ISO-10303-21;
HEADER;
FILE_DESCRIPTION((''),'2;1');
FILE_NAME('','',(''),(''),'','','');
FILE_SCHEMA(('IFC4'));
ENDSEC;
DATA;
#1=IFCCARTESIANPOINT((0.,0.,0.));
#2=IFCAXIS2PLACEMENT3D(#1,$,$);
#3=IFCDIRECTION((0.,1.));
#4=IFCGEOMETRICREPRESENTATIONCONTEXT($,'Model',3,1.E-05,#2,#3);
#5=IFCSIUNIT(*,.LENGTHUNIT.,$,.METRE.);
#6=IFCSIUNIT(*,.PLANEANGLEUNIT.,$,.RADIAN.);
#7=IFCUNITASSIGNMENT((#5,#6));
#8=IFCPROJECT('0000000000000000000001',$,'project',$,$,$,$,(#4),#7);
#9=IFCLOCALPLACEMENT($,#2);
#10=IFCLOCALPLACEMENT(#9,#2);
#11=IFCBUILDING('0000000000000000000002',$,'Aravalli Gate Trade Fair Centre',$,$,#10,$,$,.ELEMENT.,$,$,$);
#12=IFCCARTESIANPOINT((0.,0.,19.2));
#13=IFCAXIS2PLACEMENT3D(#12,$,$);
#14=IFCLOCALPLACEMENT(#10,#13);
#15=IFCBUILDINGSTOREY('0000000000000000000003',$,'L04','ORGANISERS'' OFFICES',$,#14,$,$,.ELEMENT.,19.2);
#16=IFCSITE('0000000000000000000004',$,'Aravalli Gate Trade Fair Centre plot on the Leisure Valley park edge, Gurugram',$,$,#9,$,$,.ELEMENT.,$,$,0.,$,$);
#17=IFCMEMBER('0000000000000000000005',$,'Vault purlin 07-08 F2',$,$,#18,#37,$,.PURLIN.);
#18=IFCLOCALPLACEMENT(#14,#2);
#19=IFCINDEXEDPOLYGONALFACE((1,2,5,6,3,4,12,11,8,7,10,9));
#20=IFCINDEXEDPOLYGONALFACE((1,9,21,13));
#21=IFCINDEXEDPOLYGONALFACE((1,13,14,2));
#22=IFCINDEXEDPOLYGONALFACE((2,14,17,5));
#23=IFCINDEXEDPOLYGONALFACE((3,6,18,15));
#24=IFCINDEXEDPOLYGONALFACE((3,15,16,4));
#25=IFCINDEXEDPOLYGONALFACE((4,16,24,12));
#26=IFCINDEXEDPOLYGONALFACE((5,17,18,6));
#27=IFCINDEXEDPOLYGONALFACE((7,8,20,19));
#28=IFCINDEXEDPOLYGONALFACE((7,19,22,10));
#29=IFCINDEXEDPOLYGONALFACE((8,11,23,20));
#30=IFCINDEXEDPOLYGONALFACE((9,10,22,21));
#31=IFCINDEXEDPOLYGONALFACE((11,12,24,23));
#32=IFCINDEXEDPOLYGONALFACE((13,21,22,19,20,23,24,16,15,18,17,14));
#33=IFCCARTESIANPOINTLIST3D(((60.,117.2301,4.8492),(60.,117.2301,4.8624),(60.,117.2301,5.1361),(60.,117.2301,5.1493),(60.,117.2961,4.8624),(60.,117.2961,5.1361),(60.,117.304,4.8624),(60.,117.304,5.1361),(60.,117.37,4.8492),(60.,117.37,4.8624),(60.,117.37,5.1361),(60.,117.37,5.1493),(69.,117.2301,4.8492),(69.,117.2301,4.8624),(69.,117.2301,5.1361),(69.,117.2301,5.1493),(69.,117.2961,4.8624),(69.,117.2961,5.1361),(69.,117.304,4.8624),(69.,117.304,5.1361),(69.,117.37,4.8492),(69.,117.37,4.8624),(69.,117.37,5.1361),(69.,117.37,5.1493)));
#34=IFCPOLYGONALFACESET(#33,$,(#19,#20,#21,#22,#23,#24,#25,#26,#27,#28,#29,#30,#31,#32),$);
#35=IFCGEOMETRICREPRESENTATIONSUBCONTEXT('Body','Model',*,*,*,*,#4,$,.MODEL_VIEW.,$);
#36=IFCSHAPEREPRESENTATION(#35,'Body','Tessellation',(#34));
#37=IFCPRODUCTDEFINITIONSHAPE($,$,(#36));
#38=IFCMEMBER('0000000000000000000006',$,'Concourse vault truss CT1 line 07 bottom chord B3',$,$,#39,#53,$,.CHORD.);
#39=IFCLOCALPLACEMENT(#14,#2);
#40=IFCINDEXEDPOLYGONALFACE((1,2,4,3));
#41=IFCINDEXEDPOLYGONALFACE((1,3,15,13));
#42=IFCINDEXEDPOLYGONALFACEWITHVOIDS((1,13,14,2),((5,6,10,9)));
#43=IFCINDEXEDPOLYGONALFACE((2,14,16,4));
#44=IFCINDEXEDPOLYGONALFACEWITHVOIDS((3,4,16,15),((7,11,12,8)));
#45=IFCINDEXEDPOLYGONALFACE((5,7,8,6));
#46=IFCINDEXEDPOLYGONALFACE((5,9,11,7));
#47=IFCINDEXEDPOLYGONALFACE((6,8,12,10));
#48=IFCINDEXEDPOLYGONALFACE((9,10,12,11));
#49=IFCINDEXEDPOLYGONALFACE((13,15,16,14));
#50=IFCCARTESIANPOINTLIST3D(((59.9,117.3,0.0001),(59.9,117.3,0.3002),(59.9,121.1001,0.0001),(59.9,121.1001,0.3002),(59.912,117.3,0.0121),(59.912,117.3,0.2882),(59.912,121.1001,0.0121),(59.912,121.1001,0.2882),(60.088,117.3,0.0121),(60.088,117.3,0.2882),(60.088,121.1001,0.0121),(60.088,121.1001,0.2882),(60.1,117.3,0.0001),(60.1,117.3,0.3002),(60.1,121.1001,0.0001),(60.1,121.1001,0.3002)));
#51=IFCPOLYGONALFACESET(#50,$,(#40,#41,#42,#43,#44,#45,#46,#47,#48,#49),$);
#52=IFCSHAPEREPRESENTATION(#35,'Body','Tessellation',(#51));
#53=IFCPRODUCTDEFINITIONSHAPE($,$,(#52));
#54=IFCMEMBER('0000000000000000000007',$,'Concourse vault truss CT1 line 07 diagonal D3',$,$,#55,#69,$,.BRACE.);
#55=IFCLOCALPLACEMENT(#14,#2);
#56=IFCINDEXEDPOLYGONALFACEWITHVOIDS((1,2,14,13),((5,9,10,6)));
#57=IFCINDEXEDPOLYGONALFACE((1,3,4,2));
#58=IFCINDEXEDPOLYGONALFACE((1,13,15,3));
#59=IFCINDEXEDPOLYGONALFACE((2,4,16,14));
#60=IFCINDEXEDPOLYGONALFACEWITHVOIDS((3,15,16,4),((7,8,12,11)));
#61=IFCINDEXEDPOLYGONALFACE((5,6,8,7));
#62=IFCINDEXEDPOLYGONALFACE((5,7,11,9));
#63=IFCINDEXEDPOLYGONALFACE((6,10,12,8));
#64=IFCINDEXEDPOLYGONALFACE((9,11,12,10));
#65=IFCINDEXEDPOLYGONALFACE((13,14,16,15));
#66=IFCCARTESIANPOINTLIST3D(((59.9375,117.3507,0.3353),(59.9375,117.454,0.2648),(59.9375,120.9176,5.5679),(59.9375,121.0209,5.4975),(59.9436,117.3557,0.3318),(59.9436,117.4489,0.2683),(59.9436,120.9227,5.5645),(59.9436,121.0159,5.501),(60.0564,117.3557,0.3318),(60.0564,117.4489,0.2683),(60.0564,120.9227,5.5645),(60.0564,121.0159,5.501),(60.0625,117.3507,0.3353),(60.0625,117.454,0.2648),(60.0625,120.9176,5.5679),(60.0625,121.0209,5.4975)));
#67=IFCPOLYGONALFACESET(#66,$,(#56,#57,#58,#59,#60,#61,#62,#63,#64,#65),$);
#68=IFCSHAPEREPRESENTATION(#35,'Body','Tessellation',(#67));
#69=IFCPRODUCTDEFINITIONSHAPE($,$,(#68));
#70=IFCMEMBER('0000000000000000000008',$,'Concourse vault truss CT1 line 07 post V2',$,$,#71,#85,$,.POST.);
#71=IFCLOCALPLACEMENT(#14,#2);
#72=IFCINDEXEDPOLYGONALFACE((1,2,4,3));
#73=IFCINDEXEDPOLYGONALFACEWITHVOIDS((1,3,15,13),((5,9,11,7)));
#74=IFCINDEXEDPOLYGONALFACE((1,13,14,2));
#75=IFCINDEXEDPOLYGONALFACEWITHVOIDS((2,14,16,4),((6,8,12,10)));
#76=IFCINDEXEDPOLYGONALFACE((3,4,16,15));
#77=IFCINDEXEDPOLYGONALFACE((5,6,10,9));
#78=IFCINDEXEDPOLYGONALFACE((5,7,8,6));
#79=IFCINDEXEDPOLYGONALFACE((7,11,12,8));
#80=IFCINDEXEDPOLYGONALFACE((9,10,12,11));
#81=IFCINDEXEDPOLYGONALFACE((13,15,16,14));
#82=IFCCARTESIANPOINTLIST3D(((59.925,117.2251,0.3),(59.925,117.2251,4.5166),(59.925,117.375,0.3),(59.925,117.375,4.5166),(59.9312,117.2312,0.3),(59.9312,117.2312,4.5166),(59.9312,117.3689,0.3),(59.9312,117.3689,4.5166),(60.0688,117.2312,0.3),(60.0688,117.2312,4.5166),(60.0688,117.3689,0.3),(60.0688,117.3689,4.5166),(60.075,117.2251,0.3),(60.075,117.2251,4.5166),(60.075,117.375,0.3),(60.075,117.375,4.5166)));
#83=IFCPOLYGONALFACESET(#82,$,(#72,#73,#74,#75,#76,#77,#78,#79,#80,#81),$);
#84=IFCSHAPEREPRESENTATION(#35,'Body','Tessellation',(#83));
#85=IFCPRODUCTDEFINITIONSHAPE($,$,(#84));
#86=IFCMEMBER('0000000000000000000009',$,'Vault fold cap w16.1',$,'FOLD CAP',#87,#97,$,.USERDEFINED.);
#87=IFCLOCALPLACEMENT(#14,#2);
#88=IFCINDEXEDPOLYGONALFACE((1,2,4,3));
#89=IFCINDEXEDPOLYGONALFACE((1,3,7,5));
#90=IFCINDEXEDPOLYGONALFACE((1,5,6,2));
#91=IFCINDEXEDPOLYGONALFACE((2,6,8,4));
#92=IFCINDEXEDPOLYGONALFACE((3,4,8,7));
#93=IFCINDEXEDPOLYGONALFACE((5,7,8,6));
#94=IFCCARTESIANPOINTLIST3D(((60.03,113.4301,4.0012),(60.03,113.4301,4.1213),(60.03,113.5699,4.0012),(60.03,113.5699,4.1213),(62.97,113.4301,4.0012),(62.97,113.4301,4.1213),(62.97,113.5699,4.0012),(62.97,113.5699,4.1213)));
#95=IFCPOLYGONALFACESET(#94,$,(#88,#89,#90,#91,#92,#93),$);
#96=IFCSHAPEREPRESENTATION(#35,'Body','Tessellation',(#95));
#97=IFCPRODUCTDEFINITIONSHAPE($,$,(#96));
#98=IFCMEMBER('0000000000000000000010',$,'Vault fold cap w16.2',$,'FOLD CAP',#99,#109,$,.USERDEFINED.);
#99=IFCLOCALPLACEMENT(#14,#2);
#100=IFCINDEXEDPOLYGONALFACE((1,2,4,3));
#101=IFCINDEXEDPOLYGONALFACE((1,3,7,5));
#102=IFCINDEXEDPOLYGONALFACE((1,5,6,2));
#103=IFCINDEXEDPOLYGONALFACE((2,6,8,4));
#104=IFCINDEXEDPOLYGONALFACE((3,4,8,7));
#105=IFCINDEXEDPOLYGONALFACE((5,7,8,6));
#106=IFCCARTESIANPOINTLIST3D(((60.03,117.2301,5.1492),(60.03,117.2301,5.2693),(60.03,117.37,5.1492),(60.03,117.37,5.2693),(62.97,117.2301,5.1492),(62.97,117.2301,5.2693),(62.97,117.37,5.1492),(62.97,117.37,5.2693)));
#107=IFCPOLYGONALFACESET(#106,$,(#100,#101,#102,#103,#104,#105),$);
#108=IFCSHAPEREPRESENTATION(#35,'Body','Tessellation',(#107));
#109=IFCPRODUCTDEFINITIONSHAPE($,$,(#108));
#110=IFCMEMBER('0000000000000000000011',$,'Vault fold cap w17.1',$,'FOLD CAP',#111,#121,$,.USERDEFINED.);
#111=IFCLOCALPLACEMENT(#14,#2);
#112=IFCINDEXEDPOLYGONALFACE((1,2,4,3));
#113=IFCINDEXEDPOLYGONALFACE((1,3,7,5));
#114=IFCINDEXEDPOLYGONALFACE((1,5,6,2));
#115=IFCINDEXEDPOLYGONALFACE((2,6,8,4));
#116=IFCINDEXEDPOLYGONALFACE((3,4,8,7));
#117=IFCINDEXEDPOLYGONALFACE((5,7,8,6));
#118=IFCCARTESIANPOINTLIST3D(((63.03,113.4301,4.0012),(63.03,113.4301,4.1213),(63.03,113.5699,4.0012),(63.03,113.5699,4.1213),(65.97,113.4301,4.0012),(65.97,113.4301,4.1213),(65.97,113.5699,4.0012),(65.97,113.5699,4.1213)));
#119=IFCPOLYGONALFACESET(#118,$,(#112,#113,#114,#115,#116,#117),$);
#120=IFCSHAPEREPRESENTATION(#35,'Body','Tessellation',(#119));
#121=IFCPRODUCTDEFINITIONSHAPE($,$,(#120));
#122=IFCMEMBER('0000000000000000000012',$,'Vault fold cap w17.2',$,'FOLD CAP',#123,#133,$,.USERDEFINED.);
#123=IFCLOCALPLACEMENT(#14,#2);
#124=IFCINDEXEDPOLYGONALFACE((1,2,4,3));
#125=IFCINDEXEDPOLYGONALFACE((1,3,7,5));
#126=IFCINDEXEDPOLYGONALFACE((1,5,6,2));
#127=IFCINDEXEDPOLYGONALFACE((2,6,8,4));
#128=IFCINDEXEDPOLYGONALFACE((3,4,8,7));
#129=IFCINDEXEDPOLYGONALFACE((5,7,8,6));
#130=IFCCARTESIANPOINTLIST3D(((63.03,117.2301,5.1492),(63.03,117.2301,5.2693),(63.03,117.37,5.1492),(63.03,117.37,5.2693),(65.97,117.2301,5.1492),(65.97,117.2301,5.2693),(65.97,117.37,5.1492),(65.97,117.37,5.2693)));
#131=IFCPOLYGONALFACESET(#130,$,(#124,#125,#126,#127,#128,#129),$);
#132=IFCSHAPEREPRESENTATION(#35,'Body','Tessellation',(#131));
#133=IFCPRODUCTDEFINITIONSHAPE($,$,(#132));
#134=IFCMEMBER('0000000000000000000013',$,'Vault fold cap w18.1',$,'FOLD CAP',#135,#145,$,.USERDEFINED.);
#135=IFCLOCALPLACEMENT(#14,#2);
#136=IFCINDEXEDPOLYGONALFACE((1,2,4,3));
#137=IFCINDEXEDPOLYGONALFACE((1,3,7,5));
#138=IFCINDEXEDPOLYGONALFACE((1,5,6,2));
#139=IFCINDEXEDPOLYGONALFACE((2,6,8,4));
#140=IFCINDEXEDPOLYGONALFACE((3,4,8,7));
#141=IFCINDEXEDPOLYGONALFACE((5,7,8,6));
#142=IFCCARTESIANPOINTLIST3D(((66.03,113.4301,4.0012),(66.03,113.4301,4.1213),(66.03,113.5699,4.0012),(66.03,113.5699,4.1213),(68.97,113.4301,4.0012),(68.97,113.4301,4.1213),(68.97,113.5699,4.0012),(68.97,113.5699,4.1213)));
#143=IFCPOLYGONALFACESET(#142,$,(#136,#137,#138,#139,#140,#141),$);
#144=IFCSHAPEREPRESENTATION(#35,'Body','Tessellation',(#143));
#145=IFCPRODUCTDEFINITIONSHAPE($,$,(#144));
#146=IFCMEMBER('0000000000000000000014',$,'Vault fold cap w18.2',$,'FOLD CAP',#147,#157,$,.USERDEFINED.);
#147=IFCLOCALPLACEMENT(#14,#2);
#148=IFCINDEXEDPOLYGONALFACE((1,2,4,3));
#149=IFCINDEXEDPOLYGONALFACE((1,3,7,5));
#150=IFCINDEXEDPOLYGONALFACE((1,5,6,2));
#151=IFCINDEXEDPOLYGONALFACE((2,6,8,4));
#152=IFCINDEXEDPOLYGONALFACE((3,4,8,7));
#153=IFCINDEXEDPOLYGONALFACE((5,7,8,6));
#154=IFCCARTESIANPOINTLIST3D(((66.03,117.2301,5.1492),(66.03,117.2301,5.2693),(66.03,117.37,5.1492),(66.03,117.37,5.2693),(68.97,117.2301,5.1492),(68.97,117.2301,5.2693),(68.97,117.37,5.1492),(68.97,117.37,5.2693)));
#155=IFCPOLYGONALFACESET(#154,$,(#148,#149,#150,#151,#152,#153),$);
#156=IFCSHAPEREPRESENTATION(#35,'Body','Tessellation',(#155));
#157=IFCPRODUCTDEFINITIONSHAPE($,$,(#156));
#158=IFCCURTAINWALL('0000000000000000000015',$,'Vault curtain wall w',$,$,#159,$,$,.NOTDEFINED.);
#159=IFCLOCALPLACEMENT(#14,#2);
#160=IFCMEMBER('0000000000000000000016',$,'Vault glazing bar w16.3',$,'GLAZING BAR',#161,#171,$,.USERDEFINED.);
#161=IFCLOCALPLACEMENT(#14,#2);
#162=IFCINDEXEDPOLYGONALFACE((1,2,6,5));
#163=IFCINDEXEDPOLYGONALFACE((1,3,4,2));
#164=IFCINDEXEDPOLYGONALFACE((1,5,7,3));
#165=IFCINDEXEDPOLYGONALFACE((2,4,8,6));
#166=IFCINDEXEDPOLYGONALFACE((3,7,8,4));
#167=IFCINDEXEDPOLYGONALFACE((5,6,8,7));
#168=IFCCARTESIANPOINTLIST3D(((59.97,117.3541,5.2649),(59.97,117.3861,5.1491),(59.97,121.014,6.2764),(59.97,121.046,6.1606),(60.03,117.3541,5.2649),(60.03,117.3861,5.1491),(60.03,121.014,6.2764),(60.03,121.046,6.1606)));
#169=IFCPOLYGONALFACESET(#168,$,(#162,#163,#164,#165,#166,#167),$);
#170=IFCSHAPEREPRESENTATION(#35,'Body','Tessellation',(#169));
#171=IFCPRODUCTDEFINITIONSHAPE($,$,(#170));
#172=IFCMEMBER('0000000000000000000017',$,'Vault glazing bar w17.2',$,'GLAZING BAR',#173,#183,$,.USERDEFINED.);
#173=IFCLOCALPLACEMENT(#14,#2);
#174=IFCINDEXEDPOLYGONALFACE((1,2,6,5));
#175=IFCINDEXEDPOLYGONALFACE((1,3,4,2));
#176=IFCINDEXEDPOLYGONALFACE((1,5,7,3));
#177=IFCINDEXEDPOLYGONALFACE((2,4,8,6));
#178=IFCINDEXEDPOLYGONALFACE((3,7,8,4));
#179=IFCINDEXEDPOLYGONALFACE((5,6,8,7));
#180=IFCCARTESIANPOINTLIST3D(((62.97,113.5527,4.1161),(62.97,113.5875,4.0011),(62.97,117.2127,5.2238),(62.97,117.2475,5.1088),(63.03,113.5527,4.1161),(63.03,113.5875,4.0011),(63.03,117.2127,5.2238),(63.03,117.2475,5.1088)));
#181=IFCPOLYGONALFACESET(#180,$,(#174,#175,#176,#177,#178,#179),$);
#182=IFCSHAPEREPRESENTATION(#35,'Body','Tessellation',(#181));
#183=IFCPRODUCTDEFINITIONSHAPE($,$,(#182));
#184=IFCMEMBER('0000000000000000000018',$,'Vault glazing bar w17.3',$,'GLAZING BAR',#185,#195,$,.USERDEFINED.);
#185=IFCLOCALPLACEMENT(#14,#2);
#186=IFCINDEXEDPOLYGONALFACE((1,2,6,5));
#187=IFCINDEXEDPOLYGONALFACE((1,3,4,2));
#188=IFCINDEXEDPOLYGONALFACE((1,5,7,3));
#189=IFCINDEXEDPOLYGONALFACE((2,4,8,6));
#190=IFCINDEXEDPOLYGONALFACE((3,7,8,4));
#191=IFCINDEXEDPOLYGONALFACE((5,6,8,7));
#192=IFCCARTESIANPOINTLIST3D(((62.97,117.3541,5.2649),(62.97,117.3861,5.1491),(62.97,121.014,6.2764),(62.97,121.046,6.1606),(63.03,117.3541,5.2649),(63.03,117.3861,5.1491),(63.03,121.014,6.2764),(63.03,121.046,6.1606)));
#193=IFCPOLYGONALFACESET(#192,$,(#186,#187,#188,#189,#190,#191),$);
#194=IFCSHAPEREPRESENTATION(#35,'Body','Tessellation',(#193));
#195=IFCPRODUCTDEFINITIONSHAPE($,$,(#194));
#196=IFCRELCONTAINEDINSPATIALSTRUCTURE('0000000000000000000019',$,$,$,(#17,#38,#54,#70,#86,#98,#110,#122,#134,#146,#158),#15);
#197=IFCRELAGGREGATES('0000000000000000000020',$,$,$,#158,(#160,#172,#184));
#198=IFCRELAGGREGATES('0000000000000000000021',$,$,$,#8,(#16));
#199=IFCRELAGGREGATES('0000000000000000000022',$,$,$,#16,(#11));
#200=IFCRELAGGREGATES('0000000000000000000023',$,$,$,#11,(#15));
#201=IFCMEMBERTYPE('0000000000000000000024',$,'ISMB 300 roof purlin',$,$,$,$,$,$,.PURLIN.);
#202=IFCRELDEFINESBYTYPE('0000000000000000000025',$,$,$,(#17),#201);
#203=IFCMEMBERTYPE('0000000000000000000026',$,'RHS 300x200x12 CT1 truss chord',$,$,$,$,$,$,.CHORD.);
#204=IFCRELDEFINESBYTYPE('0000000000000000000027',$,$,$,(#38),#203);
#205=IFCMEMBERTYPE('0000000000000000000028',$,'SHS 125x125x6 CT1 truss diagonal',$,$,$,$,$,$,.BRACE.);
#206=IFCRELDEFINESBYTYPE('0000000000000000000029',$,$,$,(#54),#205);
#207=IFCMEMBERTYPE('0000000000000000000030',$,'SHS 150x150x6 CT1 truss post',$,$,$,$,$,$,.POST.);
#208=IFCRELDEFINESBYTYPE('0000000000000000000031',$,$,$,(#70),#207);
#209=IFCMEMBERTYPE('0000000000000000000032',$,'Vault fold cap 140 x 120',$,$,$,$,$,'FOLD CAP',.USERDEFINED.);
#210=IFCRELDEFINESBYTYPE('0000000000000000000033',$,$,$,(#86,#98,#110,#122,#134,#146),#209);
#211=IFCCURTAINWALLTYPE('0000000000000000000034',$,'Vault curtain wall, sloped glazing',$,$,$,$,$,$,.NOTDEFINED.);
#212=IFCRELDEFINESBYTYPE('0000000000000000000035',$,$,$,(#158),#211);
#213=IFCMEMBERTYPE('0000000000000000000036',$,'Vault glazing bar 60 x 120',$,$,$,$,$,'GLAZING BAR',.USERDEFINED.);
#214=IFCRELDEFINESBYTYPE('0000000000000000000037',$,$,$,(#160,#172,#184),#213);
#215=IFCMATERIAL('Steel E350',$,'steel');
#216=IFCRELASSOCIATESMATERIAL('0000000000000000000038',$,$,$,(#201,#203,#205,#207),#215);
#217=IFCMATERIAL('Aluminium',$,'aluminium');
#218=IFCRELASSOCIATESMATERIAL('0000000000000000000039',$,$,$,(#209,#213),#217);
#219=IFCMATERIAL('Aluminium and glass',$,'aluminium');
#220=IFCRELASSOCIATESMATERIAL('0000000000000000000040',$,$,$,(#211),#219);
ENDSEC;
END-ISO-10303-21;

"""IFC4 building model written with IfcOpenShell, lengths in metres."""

from ifc_helpers import new_model, si_unit, direction, frame, origin, origin_2d, place, context, subcontext, project, spatial, rectangle, hollow_rectangle, i_section, extrude, material, material_profile, profile_set, type_object, element, aggregate, save


model = new_model("IFC4")

# Units and contexts
model_context = context("Model", 3, precision=1e-05, world=origin(), true_north=direction((0.0, 1.0)))
body_context = subcontext(model_context, "Body", "Model", "MODEL_VIEW")
ifc_project = project(units=[si_unit("LENGTHUNIT", "METRE"), si_unit("PLANEANGLEUNIT", "RADIAN")], contexts=[model_context])

# Site, building, storey
site_placement = place(None, origin())
site = spatial("IfcSite", under=ifc_project, at=site_placement, Name="Aravalli Gate Trade Fair Centre plot on the Leisure Valley park edge, Gurugram", CompositionType="ELEMENT", RefElevation=0.0)
building_placement = place(site_placement, origin())
building = spatial("IfcBuilding", under=site, at=building_placement, Name="Aravalli Gate Trade Fair Centre", CompositionType="ELEMENT")
storey_placement = place(building_placement, frame((0.0, 0.0, 19.2)))
storey = spatial("IfcBuildingStorey", under=building, at=storey_placement, Name="L04", Description="ORGANISERS' OFFICES", CompositionType="ELEMENT", Elevation=19.2)

# Members
ifc_material_1 = material(Name="Steel E350", Category="steel")
ifc_material_profile_1 = material_profile(ifc_material_1, i_section(OverallWidth=0.1399, OverallDepth=0.3, WebThickness=0.0078, FlangeThickness=0.0132, at=origin_2d()), Name="ISMB 300")
ifc_profile_set_1 = profile_set([ifc_material_profile_1], Name="Steel E350")
member_type_1 = type_object("IfcMemberType", Name="ISMB 300 roof purlin", PredefinedType="PURLIN", material=ifc_profile_set_1)
member_1_placement = place(storey_placement, frame((60.0, 117.3, 4.9993), z_axis=(1.0, 0.0, 0.0), x_axis=(0.0, 1.0, 0.0)))
element("IfcMember", 1, at=member_1_placement, inside=storey, type_object=member_type_1, Name="Vault purlin 07-08 F2", PredefinedType="PURLIN", context=body_context, shape_type="SweptSolid", body=[
    extrude(i_section(OverallWidth=0.1399, OverallDepth=0.3, WebThickness=0.0078, FlangeThickness=0.0132, at=origin_2d()), origin(), (0.0, 0.0, 1.0), 9.0),
])
ifc_material_profile_2 = material_profile(ifc_material_1, hollow_rectangle(XDim=0.2, YDim=0.3, WallThickness=0.012, at=origin_2d()), Name="RHS 300x200x12")
ifc_profile_set_2 = profile_set([ifc_material_profile_2], Name="Steel E350")
member_type_2 = type_object("IfcMemberType", Name="RHS 300x200x12 CT1 truss chord", PredefinedType="CHORD", material=ifc_profile_set_2)
member_2_placement = place(storey_placement, frame((60.0, 117.3, 0.1501), z_axis=(0.0, 1.0, 0.0), x_axis=(-1.0, 0.0, 0.0)))
element("IfcMember", 2, at=member_2_placement, inside=storey, type_object=member_type_2, Name="Concourse vault truss CT1 line 07 bottom chord B3", PredefinedType="CHORD", context=body_context, shape_type="SweptSolid", body=[
    extrude(hollow_rectangle(XDim=0.2, YDim=0.3, WallThickness=0.012, at=origin_2d()), origin(), (0.0, 0.0, 1.0), 3.8),
])
ifc_material_profile_3 = material_profile(ifc_material_1, hollow_rectangle(XDim=0.125, YDim=0.125, WallThickness=0.0061, at=origin_2d()), Name="SHS 125x125x6")
ifc_profile_set_3 = profile_set([ifc_material_profile_3], Name="Steel E350")
member_type_3 = type_object("IfcMemberType", Name="SHS 125x125x6 CT1 truss diagonal", PredefinedType="BRACE", material=ifc_profile_set_3)
member_3_placement = place(storey_placement, frame((60.0, 117.4023, 0.3), z_axis=(0.0, 0.563247, 0.826289), x_axis=(-1.0, 0.0, 0.0)))
element("IfcMember", 3, at=member_3_placement, inside=storey, type_object=member_type_3, Name="Concourse vault truss CT1 line 07 diagonal D3", PredefinedType="BRACE", context=body_context, shape_type="SweptSolid", body=[
    extrude(hollow_rectangle(XDim=0.125, YDim=0.125, WallThickness=0.0061, at=origin_2d()), origin(), (0.0, 0.0, 1.0), 6.3328),
])
ifc_material_profile_4 = material_profile(ifc_material_1, hollow_rectangle(XDim=0.1499, YDim=0.1499, WallThickness=0.0061, at=origin_2d()), Name="SHS 150x150x6")
ifc_profile_set_4 = profile_set([ifc_material_profile_4], Name="Steel E350")
member_type_4 = type_object("IfcMemberType", Name="SHS 150x150x6 CT1 truss post", PredefinedType="POST", material=ifc_profile_set_4)
member_4_placement = place(storey_placement, frame((60.0, 117.3, 0.3), z_axis=(0.0, 0.0, 1.0), x_axis=(1.0, 0.0, 0.0)))
element("IfcMember", 4, at=member_4_placement, inside=storey, type_object=member_type_4, Name="Concourse vault truss CT1 line 07 post V2", PredefinedType="POST", context=body_context, shape_type="SweptSolid", body=[
    extrude(hollow_rectangle(XDim=0.1499, YDim=0.1499, WallThickness=0.0061, at=origin_2d()), origin(), (0.0, 0.0, 1.0), 4.2166),
])
ifc_material_2 = material(Name="Aluminium", Category="aluminium")
ifc_material_profile_5 = material_profile(ifc_material_2, rectangle(XDim=0.1399, YDim=0.1201, at=origin_2d()), Name="Vault fold cap 140 x 120")
ifc_profile_set_5 = profile_set([ifc_material_profile_5], Name="Aluminium")
member_type_5 = type_object("IfcMemberType", Name="Vault fold cap 140 x 120", ElementType="FOLD CAP", PredefinedType="USERDEFINED", material=ifc_profile_set_5)
for number, where, z_axis, x_axis, name in (
    (5, (60.03, 113.5, 4.0613), (1.0, 0.0, 0.0), (0.0, 1.0, 0.0), "Vault fold cap w16.1"),
    (6, (60.03, 117.3, 5.2092), (1.0, 0.0, 0.0), (0.0, 1.0, 0.0), "Vault fold cap w16.2"),
    (7, (63.03, 113.5, 4.0613), (1.0, 0.0, 0.0), (0.0, 1.0, 0.0), "Vault fold cap w17.1"),
    (8, (63.03, 117.3, 5.2092), (1.0, 0.0, 0.0), (0.0, 1.0, 0.0), "Vault fold cap w17.2"),
    (9, (66.03, 113.5, 4.0613), (1.0, 0.0, 0.0), (0.0, 1.0, 0.0), "Vault fold cap w18.1"),
    (10, (66.03, 117.3, 5.2092), (1.0, 0.0, 0.0), (0.0, 1.0, 0.0), "Vault fold cap w18.2"),
):
    element("IfcMember", number, at=place(storey_placement, frame(where, z_axis=z_axis, x_axis=x_axis)), inside=storey, type_object=member_type_5, Name=name, ObjectType="FOLD CAP", PredefinedType="USERDEFINED", context=body_context, shape_type="SweptSolid", body=[
        extrude(rectangle(XDim=0.1399, YDim=0.1201, at=origin_2d()), origin(), (0.0, 0.0, 1.0), 2.9399),
    ])

# Curtain wall, members
ifc_material_3 = material(Name="Aluminium and glass", Category="aluminium")
curtain_wall_type = type_object("IfcCurtainWallType", Name="Vault curtain wall, sloped glazing", PredefinedType="NOTDEFINED", material=ifc_material_3)
curtain_wall_placement = place(storey_placement, origin())
curtain_wall = element("IfcCurtainWall", 11, at=curtain_wall_placement, inside=storey, type_object=curtain_wall_type, Name="Vault curtain wall w", PredefinedType="NOTDEFINED")
ifc_material_profile_6 = material_profile(ifc_material_2, rectangle(XDim=0.0601, YDim=0.1201, at=origin_2d()), Name="Vault glazing bar 60 x 120")
ifc_profile_set_6 = profile_set([ifc_material_profile_6], Name="Aluminium")
member_type_6 = type_object("IfcMemberType", Name="Vault glazing bar 60 x 120", ElementType="GLAZING BAR", PredefinedType="USERDEFINED", material=ifc_profile_set_6)
member_5_placement = place(storey_placement, frame((60.0, 117.3701, 5.207), z_axis=(0.0, 0.963868, 0.26638), x_axis=(-1.0, 0.0, 0.0)))
member_5 = element("IfcMember", 12, at=member_5_placement, type_object=member_type_6, Name="Vault glazing bar w16.3", ObjectType="GLAZING BAR", PredefinedType="USERDEFINED", context=body_context, shape_type="SweptSolid", body=[
    extrude(rectangle(XDim=0.0601, YDim=0.1201, at=origin_2d()), origin(), (0.0, 0.0, 1.0), 3.7971),
])
member_6_placement = place(storey_placement, frame((63.0, 113.5701, 4.0586), z_axis=(0.0, 0.957126, 0.289672), x_axis=(-1.0, 0.0, 0.0)))
member_6 = element("IfcMember", 13, at=member_6_placement, type_object=member_type_6, Name="Vault glazing bar w17.2", ObjectType="GLAZING BAR", PredefinedType="USERDEFINED", context=body_context, shape_type="SweptSolid", body=[
    extrude(rectangle(XDim=0.0601, YDim=0.1201, at=origin_2d()), origin(), (0.0, 0.0, 1.0), 3.824),
])
member_7_placement = place(storey_placement, frame((63.0, 117.3701, 5.207), z_axis=(0.0, 0.963868, 0.26638), x_axis=(-1.0, 0.0, 0.0)))
member_7 = element("IfcMember", 14, at=member_7_placement, type_object=member_type_6, Name="Vault glazing bar w17.3", ObjectType="GLAZING BAR", PredefinedType="USERDEFINED", context=body_context, shape_type="SweptSolid", body=[
    extrude(rectangle(XDim=0.0601, YDim=0.1201, at=origin_2d()), origin(), (0.0, 0.0, 1.0), 3.7971),
])
aggregate(curtain_wall, [member_5, member_6, member_7])

save(model, "model.ifc")
